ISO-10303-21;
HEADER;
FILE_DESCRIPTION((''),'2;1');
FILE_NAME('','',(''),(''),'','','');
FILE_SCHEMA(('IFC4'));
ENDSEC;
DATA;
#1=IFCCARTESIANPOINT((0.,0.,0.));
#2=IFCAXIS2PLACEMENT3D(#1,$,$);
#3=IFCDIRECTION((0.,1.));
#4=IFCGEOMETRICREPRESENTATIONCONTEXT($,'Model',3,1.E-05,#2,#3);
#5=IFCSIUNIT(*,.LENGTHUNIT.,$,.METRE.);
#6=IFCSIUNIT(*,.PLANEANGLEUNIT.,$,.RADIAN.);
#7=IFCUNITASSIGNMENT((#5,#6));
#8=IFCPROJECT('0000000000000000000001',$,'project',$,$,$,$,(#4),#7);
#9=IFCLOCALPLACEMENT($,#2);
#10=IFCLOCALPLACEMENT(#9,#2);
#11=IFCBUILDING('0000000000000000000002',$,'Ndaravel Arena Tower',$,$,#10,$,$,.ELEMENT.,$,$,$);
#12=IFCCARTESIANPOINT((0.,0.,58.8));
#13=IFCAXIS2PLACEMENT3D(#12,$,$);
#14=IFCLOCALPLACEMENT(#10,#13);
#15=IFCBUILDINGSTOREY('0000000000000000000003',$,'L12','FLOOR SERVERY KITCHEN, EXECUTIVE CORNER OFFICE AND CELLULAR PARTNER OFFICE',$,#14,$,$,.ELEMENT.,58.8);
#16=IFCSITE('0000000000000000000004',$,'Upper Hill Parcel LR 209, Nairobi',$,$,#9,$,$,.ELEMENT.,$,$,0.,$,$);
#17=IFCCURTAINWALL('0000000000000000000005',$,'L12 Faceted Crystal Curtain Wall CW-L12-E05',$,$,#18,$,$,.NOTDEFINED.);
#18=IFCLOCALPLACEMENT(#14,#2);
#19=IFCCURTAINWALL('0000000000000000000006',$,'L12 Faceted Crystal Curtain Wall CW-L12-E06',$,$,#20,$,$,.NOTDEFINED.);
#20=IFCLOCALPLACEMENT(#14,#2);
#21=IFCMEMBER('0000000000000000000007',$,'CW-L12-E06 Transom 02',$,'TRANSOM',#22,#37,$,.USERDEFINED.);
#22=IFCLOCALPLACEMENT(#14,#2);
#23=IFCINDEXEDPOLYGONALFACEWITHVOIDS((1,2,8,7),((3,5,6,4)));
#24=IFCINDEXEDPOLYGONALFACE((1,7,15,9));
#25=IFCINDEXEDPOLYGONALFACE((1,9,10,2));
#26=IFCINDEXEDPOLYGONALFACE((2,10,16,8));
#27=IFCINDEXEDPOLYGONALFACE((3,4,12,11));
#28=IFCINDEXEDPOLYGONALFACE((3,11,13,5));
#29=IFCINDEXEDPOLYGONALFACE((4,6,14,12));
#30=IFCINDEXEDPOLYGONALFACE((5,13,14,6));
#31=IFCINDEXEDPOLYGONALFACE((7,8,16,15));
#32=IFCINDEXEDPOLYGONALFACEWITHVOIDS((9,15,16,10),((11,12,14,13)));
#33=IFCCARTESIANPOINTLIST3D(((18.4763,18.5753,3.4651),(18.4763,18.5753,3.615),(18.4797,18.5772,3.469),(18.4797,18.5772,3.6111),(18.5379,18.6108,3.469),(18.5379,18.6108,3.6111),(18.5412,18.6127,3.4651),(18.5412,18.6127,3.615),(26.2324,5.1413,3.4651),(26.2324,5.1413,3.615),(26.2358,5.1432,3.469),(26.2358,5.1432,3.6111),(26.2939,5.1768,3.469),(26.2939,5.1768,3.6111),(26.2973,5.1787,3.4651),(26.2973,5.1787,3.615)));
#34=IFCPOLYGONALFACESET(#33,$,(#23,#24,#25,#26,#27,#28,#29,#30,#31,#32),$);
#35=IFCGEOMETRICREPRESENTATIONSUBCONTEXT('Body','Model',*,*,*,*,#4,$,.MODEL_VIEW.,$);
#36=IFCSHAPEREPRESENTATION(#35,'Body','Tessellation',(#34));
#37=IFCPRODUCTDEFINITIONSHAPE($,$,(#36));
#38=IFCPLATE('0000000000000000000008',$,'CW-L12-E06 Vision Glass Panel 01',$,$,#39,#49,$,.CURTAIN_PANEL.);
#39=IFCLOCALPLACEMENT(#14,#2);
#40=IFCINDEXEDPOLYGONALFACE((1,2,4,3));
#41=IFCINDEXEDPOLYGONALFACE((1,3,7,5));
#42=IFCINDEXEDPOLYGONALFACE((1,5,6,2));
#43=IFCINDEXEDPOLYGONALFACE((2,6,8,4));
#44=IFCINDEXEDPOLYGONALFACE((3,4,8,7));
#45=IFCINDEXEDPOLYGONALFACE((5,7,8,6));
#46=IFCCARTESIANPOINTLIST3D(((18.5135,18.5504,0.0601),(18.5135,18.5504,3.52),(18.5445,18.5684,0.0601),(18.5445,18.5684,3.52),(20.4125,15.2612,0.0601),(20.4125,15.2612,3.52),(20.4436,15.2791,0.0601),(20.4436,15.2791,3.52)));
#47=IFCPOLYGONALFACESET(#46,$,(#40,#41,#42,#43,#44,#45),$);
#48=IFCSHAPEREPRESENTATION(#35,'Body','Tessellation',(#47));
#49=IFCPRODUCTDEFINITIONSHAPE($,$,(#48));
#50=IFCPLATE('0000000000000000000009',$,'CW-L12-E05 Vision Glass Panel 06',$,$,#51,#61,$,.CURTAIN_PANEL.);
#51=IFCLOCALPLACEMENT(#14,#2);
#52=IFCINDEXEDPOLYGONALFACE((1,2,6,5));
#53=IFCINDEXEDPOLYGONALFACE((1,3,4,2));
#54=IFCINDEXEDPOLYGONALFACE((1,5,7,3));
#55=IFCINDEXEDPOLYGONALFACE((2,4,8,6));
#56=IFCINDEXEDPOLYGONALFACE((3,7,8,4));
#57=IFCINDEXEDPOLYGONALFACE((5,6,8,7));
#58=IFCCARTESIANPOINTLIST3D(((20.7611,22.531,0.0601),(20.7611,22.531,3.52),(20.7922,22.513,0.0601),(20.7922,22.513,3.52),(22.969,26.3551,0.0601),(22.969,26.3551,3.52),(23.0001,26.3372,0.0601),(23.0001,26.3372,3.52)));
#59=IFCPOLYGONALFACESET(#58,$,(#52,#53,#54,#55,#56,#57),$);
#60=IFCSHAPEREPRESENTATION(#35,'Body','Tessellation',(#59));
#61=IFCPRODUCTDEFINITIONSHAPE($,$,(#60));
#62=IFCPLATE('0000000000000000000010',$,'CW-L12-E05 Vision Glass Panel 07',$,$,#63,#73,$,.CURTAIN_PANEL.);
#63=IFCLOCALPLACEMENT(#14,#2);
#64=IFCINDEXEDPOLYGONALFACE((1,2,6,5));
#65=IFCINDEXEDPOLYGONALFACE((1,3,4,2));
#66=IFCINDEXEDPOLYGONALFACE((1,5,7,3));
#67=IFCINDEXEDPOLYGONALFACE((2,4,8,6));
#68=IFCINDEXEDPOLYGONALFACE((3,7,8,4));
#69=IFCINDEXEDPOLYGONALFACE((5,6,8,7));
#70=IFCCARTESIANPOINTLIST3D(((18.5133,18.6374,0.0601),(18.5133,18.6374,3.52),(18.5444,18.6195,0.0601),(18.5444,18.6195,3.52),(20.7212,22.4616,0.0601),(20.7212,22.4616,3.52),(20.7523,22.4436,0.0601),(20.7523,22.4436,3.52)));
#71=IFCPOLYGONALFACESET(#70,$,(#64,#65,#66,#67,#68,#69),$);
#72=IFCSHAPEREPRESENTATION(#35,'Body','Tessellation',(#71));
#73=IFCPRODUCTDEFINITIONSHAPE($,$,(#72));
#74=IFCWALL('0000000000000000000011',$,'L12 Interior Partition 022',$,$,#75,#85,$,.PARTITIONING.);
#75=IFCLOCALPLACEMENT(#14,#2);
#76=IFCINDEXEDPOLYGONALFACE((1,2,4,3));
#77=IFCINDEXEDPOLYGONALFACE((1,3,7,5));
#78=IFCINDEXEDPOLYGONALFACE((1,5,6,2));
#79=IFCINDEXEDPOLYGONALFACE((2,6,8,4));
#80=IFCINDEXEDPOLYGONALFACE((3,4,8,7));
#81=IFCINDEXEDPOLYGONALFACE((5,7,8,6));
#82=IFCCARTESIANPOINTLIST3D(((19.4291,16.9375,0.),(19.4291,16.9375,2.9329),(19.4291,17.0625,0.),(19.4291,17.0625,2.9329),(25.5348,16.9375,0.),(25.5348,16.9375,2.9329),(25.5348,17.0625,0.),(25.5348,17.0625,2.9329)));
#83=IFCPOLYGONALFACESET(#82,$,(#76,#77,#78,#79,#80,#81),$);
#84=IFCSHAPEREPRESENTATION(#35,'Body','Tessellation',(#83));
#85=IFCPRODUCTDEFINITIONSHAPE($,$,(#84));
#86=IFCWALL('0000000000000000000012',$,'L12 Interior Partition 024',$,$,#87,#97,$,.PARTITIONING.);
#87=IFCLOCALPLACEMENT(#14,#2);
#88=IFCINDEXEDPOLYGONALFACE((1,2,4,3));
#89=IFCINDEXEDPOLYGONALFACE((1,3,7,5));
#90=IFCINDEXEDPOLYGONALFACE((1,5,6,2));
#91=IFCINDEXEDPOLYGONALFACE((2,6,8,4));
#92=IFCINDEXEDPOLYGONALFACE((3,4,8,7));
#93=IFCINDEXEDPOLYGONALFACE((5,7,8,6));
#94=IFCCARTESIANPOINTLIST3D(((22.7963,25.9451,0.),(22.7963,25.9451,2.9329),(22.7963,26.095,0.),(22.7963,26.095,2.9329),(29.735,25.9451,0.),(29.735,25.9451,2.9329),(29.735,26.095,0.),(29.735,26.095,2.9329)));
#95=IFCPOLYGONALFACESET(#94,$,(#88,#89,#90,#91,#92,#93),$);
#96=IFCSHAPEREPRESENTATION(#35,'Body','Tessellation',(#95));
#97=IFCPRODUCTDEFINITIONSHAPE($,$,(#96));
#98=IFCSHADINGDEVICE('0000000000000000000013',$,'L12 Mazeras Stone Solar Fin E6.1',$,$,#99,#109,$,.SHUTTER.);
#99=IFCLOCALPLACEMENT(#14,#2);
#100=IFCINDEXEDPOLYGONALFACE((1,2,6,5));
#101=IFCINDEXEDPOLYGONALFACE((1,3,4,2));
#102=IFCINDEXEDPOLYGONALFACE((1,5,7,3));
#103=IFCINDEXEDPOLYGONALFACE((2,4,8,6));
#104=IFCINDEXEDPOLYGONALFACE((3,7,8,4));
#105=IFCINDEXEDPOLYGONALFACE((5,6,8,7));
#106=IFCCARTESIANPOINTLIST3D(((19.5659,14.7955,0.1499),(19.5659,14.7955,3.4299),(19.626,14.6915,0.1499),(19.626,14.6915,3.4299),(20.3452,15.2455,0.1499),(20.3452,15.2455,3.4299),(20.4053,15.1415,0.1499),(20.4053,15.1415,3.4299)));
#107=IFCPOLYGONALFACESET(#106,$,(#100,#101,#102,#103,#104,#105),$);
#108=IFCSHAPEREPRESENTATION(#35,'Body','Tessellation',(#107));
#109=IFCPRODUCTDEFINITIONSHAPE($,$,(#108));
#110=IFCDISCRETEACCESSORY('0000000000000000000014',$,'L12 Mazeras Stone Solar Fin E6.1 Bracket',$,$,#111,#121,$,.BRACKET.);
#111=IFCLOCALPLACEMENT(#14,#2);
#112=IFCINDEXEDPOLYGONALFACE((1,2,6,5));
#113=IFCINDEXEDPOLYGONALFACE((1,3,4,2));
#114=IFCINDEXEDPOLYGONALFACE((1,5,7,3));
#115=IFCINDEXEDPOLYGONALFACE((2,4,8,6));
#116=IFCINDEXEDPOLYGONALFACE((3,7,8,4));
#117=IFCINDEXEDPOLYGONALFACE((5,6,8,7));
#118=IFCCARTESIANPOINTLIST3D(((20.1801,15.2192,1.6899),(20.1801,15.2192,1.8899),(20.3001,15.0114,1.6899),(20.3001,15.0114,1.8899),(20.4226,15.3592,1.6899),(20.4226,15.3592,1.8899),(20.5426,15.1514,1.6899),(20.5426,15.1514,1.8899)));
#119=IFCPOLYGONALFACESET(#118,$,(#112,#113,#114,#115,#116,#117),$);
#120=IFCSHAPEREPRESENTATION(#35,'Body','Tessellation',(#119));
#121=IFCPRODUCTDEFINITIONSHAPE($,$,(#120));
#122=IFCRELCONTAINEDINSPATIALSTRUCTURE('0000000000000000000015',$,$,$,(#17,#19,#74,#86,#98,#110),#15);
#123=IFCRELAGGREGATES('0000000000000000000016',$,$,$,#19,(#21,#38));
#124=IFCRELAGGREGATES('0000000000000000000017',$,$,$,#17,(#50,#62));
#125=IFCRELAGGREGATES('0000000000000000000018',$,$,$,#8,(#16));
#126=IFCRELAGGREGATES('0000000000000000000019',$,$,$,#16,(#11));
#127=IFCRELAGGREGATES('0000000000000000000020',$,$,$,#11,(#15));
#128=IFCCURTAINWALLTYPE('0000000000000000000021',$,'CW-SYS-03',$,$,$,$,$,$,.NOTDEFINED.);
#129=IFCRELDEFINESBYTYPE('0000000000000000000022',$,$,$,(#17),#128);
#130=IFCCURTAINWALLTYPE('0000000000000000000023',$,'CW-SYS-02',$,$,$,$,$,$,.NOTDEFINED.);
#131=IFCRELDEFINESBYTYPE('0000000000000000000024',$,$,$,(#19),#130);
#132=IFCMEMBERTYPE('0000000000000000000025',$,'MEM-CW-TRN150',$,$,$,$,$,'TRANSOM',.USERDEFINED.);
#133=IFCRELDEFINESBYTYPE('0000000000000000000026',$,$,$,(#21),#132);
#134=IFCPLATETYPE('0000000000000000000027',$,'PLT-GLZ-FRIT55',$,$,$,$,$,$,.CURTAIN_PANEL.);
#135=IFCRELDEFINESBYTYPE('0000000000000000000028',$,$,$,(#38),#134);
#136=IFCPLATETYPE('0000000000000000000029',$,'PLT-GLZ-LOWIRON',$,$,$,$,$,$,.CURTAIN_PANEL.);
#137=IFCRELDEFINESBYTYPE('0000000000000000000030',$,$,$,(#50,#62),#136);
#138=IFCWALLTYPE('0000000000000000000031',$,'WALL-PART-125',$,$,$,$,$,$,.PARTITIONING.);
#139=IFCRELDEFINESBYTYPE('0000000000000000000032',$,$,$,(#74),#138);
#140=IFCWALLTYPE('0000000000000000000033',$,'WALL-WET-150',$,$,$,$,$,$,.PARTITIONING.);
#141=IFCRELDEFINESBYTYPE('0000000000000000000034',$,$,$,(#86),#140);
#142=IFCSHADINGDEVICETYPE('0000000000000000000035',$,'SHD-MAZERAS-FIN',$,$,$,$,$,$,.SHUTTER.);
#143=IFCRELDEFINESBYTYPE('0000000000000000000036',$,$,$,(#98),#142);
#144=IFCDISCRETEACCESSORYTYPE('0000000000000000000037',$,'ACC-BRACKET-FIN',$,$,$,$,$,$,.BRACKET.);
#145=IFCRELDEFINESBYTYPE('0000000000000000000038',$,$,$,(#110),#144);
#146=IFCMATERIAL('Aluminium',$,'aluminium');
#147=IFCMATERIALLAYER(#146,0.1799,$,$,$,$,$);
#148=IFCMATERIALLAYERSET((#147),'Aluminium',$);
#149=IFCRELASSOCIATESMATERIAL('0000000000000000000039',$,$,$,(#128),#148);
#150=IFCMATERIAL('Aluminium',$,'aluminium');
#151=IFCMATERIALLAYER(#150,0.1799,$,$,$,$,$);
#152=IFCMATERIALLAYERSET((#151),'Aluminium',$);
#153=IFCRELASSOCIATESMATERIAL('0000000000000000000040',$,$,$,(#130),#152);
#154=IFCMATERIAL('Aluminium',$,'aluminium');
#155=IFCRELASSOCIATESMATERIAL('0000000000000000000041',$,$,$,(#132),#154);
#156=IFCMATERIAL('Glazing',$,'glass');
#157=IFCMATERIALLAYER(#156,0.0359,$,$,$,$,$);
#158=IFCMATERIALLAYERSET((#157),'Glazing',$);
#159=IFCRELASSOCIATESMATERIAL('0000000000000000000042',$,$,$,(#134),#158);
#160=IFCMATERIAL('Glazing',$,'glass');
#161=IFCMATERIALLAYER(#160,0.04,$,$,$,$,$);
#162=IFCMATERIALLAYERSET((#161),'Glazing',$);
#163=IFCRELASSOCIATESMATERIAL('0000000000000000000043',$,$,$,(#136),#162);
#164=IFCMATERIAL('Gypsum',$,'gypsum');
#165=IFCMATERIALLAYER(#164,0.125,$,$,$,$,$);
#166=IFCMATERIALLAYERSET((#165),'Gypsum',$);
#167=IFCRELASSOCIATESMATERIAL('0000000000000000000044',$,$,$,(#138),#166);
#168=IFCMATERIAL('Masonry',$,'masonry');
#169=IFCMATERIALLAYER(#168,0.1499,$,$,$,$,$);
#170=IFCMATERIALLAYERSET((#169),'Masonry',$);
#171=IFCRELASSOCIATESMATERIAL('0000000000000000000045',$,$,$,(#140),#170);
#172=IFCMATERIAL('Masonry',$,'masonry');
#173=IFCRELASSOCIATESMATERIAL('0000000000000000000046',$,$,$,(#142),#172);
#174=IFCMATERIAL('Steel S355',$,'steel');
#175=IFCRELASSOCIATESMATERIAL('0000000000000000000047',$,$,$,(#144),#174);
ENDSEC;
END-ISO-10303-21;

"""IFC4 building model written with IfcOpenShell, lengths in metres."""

from ifc_helpers import new_model, si_unit, direction, frame, frame_2d, origin, origin_2d, place, context, subcontext, project, spatial, rectangle, hollow_rectangle, extrude, material, layer, layer_set, material_profile, profile_set, type_object, element, aggregate, save


model = new_model("IFC4")

# Units and contexts
model_context = context("Model", 3, precision=1e-05, world=origin(), true_north=direction((0.0, 1.0)))
body_context = subcontext(model_context, "Body", "Model", "MODEL_VIEW")
ifc_project = project(units=[si_unit("LENGTHUNIT", "METRE"), si_unit("PLANEANGLEUNIT", "RADIAN")], contexts=[model_context])

# Site, building, storey
site_placement = place(None, origin())
site = spatial("IfcSite", under=ifc_project, at=site_placement, Name="Upper Hill Parcel LR 209, Nairobi", CompositionType="ELEMENT", RefElevation=0.0)
building_placement = place(site_placement, origin())
building = spatial("IfcBuilding", under=site, at=building_placement, Name="Ndaravel Arena Tower", CompositionType="ELEMENT")
storey_placement = place(building_placement, frame((0.0, 0.0, 58.8)))
storey = spatial("IfcBuildingStorey", under=building, at=storey_placement, Name="L12", Description="FLOOR SERVERY KITCHEN, EXECUTIVE CORNER OFFICE AND CELLULAR PARTNER OFFICE", CompositionType="ELEMENT", Elevation=58.8)

# Curtain wall
ifc_material_1 = material(Name="Aluminium", Category="aluminium")
ifc_layer_1 = layer(ifc_material_1, 0.1799)
ifc_layer_set_1 = layer_set([ifc_layer_1], Name="Aluminium")
curtain_wall_type_1 = type_object("IfcCurtainWallType", Name="CW-SYS-03", PredefinedType="NOTDEFINED", material=ifc_layer_set_1)
curtain_wall_1_placement = place(storey_placement, origin())
curtain_wall_1 = element("IfcCurtainWall", 1, at=curtain_wall_1_placement, inside=storey, type_object=curtain_wall_type_1, Name="L12 Faceted Crystal Curtain Wall CW-L12-E05", PredefinedType="NOTDEFINED")

# Curtain wall, member, plate
ifc_material_2 = material(Name="Aluminium", Category="aluminium")
ifc_layer_2 = layer(ifc_material_2, 0.1799)
ifc_layer_set_2 = layer_set([ifc_layer_2], Name="Aluminium")
curtain_wall_type_2 = type_object("IfcCurtainWallType", Name="CW-SYS-02", PredefinedType="NOTDEFINED", material=ifc_layer_set_2)
curtain_wall_2_placement = place(storey_placement, origin())
curtain_wall_2 = element("IfcCurtainWall", 2, at=curtain_wall_2_placement, inside=storey, type_object=curtain_wall_type_2, Name="L12 Faceted Crystal Curtain Wall CW-L12-E06", PredefinedType="NOTDEFINED")
ifc_material_3 = material(Name="Aluminium", Category="aluminium")
ifc_material_profile_1 = material_profile(ifc_material_3, hollow_rectangle(XDim=0.075, YDim=0.1499, WallThickness=0.0039, at=origin_2d()), Name="CW TRANSOM 75x150x4")
ifc_profile_set_1 = profile_set([ifc_material_profile_1], Name="Aluminium")
member_type_1 = type_object("IfcMemberType", Name="MEM-CW-TRN150", ElementType="TRANSOM", PredefinedType="USERDEFINED", material=ifc_profile_set_1)
member_1_placement = place(storey_placement, frame((18.5088, 18.594, 3.54), z_axis=(0.499997, -0.866027, 0.0), x_axis=(0.866027, 0.499997, 0.0)))
member_1 = element("IfcMember", 3, at=member_1_placement, type_object=member_type_1, Name="CW-L12-E06 Transom 02", ObjectType="TRANSOM", PredefinedType="USERDEFINED", context=body_context, shape_type="SweptSolid", body=[
    extrude(hollow_rectangle(XDim=0.075, YDim=0.1499, WallThickness=0.0039, at=origin_2d()), origin(), (0.0, 0.0, 1.0), 15.5122),
])
ifc_material_4 = material(Name="Glazing", Category="glass")
ifc_layer_3 = layer(ifc_material_4, 0.0359)
ifc_layer_set_3 = layer_set([ifc_layer_3], Name="Glazing")
plate_type_1 = type_object("IfcPlateType", Name="PLT-GLZ-FRIT55", PredefinedType="CURTAIN_PANEL", material=ifc_layer_set_3)
plate_1_placement = place(storey_placement, frame((19.4785, 16.9148, 0.0601), z_axis=(0.0, 0.0, 1.0), x_axis=(0.5, -0.866025, 0.0)))
plate_1 = element("IfcPlate", 4, at=plate_1_placement, type_object=plate_type_1, Name="CW-L12-E06 Vision Glass Panel 01", PredefinedType="CURTAIN_PANEL", context=body_context, shape_type="SweptSolid", body=[
    extrude(rectangle(XDim=3.7981, YDim=0.0359, at=origin_2d()), origin(), (0.0, 0.0, 1.0), 3.46),
])
aggregate(curtain_wall_2, [member_1, plate_1])

# Plates
ifc_material_5 = material(Name="Glazing", Category="glass")
ifc_layer_4 = layer(ifc_material_5, 0.04)
ifc_layer_set_4 = layer_set([ifc_layer_4], Name="Glazing")
plate_type_2 = type_object("IfcPlateType", Name="PLT-GLZ-LOWIRON", PredefinedType="CURTAIN_PANEL", material=ifc_layer_set_4)
plate_2_placement = place(storey_placement, frame((21.8806, 24.4341, 0.0601), z_axis=(0.0, 0.0, 1.0), x_axis=(-0.5, -0.866025, 0.0)))
plate_2 = element("IfcPlate", 5, at=plate_2_placement, type_object=plate_type_2, Name="CW-L12-E05 Vision Glass Panel 06", PredefinedType="CURTAIN_PANEL", context=body_context, shape_type="SweptSolid", body=[
    extrude(rectangle(XDim=4.4158, YDim=0.0359, at=origin_2d()), origin(), (0.0, 0.0, 1.0), 3.46),
])
plate_3_placement = place(storey_placement, frame((19.6328, 20.5405, 0.0601), z_axis=(0.0, 0.0, 1.0), x_axis=(-0.5, -0.866025, 0.0)))
plate_3 = element("IfcPlate", 6, at=plate_3_placement, type_object=plate_type_2, Name="CW-L12-E05 Vision Glass Panel 07", PredefinedType="CURTAIN_PANEL", context=body_context, shape_type="SweptSolid", body=[
    extrude(rectangle(XDim=4.4158, YDim=0.0359, at=origin_2d()), origin(), (0.0, 0.0, 1.0), 3.46),
])
aggregate(curtain_wall_1, [plate_2, plate_3])

# Walls
ifc_material_6 = material(Name="Gypsum", Category="gypsum")
ifc_layer_5 = layer(ifc_material_6, 0.125)
ifc_layer_set_5 = layer_set([ifc_layer_5], Name="Gypsum")
wall_type_1 = type_object("IfcWallType", Name="WALL-PART-125", PredefinedType="PARTITIONING", material=ifc_layer_set_5)
wall_1_placement = place(storey_placement, frame((19.4292, 17.0, 0.0), z_axis=(0.0, 0.0, 1.0), x_axis=(1.0, 0.0, 0.0)))
element("IfcWall", 7, at=wall_1_placement, inside=storey, type_object=wall_type_1, Name="L12 Interior Partition 022", PredefinedType="PARTITIONING", context=body_context, shape_type="SweptSolid", body=[
    extrude(rectangle(XDim=6.1057, YDim=0.125, at=frame_2d((3.0527, 0.0))), origin(), (0.0, 0.0, 1.0), 2.9329),
])
ifc_material_7 = material(Name="Masonry", Category="masonry")
ifc_layer_6 = layer(ifc_material_7, 0.1499)
ifc_layer_set_6 = layer_set([ifc_layer_6], Name="Masonry")
wall_type_2 = type_object("IfcWallType", Name="WALL-WET-150", PredefinedType="PARTITIONING", material=ifc_layer_set_6)
wall_2_placement = place(storey_placement, frame((22.7964, 26.02, 0.0), z_axis=(0.0, 0.0, 1.0), x_axis=(1.0, 0.0, 0.0)))
element("IfcWall", 8, at=wall_2_placement, inside=storey, type_object=wall_type_2, Name="L12 Interior Partition 024", PredefinedType="PARTITIONING", context=body_context, shape_type="SweptSolid", body=[
    extrude(rectangle(XDim=6.9387, YDim=0.1499, at=frame_2d((3.4692, 0.0))), origin(), (0.0, 0.0, 1.0), 2.9329),
])

# Shading device
ifc_material_8 = material(Name="Masonry", Category="masonry")
shading_device_type = type_object("IfcShadingDeviceType", Name="SHD-MAZERAS-FIN", PredefinedType="SHUTTER", material=ifc_material_8)
shading_device_placement = place(storey_placement, frame((19.9856, 14.9685, 0.1499), z_axis=(0.0, 0.0, 1.0), x_axis=(-0.866025, -0.5, 0.0)))
element("IfcShadingDevice", 9, at=shading_device_placement, inside=storey, type_object=shading_device_type, Name="L12 Mazeras Stone Solar Fin E6.1", PredefinedType="SHUTTER", context=body_context, shape_type="SweptSolid", body=[
    extrude(rectangle(XDim=0.8999, YDim=0.1201, at=origin_2d()), origin(), (0.0, 0.0, 1.0), 3.28),
])

# Discrete accessory
ifc_material_9 = material(Name="Steel S355", Category="steel")
discrete_accessory_type = type_object("IfcDiscreteAccessoryType", Name="ACC-BRACKET-FIN", PredefinedType="BRACKET", material=ifc_material_9)
discrete_accessory_placement = place(storey_placement, frame((20.3613, 15.1853, 1.6899), z_axis=(0.0, 0.0, 1.0), x_axis=(-0.866025, -0.5, 0.0)))
element("IfcDiscreteAccessory", 10, at=discrete_accessory_placement, inside=storey, type_object=discrete_accessory_type, Name="L12 Mazeras Stone Solar Fin E6.1 Bracket", PredefinedType="BRACKET", context=body_context, shape_type="SweptSolid", body=[
    extrude(rectangle(XDim=0.28, YDim=0.24, at=origin_2d()), origin(), (0.0, 0.0, 1.0), 0.2),
])

save(model, "model.ifc")
